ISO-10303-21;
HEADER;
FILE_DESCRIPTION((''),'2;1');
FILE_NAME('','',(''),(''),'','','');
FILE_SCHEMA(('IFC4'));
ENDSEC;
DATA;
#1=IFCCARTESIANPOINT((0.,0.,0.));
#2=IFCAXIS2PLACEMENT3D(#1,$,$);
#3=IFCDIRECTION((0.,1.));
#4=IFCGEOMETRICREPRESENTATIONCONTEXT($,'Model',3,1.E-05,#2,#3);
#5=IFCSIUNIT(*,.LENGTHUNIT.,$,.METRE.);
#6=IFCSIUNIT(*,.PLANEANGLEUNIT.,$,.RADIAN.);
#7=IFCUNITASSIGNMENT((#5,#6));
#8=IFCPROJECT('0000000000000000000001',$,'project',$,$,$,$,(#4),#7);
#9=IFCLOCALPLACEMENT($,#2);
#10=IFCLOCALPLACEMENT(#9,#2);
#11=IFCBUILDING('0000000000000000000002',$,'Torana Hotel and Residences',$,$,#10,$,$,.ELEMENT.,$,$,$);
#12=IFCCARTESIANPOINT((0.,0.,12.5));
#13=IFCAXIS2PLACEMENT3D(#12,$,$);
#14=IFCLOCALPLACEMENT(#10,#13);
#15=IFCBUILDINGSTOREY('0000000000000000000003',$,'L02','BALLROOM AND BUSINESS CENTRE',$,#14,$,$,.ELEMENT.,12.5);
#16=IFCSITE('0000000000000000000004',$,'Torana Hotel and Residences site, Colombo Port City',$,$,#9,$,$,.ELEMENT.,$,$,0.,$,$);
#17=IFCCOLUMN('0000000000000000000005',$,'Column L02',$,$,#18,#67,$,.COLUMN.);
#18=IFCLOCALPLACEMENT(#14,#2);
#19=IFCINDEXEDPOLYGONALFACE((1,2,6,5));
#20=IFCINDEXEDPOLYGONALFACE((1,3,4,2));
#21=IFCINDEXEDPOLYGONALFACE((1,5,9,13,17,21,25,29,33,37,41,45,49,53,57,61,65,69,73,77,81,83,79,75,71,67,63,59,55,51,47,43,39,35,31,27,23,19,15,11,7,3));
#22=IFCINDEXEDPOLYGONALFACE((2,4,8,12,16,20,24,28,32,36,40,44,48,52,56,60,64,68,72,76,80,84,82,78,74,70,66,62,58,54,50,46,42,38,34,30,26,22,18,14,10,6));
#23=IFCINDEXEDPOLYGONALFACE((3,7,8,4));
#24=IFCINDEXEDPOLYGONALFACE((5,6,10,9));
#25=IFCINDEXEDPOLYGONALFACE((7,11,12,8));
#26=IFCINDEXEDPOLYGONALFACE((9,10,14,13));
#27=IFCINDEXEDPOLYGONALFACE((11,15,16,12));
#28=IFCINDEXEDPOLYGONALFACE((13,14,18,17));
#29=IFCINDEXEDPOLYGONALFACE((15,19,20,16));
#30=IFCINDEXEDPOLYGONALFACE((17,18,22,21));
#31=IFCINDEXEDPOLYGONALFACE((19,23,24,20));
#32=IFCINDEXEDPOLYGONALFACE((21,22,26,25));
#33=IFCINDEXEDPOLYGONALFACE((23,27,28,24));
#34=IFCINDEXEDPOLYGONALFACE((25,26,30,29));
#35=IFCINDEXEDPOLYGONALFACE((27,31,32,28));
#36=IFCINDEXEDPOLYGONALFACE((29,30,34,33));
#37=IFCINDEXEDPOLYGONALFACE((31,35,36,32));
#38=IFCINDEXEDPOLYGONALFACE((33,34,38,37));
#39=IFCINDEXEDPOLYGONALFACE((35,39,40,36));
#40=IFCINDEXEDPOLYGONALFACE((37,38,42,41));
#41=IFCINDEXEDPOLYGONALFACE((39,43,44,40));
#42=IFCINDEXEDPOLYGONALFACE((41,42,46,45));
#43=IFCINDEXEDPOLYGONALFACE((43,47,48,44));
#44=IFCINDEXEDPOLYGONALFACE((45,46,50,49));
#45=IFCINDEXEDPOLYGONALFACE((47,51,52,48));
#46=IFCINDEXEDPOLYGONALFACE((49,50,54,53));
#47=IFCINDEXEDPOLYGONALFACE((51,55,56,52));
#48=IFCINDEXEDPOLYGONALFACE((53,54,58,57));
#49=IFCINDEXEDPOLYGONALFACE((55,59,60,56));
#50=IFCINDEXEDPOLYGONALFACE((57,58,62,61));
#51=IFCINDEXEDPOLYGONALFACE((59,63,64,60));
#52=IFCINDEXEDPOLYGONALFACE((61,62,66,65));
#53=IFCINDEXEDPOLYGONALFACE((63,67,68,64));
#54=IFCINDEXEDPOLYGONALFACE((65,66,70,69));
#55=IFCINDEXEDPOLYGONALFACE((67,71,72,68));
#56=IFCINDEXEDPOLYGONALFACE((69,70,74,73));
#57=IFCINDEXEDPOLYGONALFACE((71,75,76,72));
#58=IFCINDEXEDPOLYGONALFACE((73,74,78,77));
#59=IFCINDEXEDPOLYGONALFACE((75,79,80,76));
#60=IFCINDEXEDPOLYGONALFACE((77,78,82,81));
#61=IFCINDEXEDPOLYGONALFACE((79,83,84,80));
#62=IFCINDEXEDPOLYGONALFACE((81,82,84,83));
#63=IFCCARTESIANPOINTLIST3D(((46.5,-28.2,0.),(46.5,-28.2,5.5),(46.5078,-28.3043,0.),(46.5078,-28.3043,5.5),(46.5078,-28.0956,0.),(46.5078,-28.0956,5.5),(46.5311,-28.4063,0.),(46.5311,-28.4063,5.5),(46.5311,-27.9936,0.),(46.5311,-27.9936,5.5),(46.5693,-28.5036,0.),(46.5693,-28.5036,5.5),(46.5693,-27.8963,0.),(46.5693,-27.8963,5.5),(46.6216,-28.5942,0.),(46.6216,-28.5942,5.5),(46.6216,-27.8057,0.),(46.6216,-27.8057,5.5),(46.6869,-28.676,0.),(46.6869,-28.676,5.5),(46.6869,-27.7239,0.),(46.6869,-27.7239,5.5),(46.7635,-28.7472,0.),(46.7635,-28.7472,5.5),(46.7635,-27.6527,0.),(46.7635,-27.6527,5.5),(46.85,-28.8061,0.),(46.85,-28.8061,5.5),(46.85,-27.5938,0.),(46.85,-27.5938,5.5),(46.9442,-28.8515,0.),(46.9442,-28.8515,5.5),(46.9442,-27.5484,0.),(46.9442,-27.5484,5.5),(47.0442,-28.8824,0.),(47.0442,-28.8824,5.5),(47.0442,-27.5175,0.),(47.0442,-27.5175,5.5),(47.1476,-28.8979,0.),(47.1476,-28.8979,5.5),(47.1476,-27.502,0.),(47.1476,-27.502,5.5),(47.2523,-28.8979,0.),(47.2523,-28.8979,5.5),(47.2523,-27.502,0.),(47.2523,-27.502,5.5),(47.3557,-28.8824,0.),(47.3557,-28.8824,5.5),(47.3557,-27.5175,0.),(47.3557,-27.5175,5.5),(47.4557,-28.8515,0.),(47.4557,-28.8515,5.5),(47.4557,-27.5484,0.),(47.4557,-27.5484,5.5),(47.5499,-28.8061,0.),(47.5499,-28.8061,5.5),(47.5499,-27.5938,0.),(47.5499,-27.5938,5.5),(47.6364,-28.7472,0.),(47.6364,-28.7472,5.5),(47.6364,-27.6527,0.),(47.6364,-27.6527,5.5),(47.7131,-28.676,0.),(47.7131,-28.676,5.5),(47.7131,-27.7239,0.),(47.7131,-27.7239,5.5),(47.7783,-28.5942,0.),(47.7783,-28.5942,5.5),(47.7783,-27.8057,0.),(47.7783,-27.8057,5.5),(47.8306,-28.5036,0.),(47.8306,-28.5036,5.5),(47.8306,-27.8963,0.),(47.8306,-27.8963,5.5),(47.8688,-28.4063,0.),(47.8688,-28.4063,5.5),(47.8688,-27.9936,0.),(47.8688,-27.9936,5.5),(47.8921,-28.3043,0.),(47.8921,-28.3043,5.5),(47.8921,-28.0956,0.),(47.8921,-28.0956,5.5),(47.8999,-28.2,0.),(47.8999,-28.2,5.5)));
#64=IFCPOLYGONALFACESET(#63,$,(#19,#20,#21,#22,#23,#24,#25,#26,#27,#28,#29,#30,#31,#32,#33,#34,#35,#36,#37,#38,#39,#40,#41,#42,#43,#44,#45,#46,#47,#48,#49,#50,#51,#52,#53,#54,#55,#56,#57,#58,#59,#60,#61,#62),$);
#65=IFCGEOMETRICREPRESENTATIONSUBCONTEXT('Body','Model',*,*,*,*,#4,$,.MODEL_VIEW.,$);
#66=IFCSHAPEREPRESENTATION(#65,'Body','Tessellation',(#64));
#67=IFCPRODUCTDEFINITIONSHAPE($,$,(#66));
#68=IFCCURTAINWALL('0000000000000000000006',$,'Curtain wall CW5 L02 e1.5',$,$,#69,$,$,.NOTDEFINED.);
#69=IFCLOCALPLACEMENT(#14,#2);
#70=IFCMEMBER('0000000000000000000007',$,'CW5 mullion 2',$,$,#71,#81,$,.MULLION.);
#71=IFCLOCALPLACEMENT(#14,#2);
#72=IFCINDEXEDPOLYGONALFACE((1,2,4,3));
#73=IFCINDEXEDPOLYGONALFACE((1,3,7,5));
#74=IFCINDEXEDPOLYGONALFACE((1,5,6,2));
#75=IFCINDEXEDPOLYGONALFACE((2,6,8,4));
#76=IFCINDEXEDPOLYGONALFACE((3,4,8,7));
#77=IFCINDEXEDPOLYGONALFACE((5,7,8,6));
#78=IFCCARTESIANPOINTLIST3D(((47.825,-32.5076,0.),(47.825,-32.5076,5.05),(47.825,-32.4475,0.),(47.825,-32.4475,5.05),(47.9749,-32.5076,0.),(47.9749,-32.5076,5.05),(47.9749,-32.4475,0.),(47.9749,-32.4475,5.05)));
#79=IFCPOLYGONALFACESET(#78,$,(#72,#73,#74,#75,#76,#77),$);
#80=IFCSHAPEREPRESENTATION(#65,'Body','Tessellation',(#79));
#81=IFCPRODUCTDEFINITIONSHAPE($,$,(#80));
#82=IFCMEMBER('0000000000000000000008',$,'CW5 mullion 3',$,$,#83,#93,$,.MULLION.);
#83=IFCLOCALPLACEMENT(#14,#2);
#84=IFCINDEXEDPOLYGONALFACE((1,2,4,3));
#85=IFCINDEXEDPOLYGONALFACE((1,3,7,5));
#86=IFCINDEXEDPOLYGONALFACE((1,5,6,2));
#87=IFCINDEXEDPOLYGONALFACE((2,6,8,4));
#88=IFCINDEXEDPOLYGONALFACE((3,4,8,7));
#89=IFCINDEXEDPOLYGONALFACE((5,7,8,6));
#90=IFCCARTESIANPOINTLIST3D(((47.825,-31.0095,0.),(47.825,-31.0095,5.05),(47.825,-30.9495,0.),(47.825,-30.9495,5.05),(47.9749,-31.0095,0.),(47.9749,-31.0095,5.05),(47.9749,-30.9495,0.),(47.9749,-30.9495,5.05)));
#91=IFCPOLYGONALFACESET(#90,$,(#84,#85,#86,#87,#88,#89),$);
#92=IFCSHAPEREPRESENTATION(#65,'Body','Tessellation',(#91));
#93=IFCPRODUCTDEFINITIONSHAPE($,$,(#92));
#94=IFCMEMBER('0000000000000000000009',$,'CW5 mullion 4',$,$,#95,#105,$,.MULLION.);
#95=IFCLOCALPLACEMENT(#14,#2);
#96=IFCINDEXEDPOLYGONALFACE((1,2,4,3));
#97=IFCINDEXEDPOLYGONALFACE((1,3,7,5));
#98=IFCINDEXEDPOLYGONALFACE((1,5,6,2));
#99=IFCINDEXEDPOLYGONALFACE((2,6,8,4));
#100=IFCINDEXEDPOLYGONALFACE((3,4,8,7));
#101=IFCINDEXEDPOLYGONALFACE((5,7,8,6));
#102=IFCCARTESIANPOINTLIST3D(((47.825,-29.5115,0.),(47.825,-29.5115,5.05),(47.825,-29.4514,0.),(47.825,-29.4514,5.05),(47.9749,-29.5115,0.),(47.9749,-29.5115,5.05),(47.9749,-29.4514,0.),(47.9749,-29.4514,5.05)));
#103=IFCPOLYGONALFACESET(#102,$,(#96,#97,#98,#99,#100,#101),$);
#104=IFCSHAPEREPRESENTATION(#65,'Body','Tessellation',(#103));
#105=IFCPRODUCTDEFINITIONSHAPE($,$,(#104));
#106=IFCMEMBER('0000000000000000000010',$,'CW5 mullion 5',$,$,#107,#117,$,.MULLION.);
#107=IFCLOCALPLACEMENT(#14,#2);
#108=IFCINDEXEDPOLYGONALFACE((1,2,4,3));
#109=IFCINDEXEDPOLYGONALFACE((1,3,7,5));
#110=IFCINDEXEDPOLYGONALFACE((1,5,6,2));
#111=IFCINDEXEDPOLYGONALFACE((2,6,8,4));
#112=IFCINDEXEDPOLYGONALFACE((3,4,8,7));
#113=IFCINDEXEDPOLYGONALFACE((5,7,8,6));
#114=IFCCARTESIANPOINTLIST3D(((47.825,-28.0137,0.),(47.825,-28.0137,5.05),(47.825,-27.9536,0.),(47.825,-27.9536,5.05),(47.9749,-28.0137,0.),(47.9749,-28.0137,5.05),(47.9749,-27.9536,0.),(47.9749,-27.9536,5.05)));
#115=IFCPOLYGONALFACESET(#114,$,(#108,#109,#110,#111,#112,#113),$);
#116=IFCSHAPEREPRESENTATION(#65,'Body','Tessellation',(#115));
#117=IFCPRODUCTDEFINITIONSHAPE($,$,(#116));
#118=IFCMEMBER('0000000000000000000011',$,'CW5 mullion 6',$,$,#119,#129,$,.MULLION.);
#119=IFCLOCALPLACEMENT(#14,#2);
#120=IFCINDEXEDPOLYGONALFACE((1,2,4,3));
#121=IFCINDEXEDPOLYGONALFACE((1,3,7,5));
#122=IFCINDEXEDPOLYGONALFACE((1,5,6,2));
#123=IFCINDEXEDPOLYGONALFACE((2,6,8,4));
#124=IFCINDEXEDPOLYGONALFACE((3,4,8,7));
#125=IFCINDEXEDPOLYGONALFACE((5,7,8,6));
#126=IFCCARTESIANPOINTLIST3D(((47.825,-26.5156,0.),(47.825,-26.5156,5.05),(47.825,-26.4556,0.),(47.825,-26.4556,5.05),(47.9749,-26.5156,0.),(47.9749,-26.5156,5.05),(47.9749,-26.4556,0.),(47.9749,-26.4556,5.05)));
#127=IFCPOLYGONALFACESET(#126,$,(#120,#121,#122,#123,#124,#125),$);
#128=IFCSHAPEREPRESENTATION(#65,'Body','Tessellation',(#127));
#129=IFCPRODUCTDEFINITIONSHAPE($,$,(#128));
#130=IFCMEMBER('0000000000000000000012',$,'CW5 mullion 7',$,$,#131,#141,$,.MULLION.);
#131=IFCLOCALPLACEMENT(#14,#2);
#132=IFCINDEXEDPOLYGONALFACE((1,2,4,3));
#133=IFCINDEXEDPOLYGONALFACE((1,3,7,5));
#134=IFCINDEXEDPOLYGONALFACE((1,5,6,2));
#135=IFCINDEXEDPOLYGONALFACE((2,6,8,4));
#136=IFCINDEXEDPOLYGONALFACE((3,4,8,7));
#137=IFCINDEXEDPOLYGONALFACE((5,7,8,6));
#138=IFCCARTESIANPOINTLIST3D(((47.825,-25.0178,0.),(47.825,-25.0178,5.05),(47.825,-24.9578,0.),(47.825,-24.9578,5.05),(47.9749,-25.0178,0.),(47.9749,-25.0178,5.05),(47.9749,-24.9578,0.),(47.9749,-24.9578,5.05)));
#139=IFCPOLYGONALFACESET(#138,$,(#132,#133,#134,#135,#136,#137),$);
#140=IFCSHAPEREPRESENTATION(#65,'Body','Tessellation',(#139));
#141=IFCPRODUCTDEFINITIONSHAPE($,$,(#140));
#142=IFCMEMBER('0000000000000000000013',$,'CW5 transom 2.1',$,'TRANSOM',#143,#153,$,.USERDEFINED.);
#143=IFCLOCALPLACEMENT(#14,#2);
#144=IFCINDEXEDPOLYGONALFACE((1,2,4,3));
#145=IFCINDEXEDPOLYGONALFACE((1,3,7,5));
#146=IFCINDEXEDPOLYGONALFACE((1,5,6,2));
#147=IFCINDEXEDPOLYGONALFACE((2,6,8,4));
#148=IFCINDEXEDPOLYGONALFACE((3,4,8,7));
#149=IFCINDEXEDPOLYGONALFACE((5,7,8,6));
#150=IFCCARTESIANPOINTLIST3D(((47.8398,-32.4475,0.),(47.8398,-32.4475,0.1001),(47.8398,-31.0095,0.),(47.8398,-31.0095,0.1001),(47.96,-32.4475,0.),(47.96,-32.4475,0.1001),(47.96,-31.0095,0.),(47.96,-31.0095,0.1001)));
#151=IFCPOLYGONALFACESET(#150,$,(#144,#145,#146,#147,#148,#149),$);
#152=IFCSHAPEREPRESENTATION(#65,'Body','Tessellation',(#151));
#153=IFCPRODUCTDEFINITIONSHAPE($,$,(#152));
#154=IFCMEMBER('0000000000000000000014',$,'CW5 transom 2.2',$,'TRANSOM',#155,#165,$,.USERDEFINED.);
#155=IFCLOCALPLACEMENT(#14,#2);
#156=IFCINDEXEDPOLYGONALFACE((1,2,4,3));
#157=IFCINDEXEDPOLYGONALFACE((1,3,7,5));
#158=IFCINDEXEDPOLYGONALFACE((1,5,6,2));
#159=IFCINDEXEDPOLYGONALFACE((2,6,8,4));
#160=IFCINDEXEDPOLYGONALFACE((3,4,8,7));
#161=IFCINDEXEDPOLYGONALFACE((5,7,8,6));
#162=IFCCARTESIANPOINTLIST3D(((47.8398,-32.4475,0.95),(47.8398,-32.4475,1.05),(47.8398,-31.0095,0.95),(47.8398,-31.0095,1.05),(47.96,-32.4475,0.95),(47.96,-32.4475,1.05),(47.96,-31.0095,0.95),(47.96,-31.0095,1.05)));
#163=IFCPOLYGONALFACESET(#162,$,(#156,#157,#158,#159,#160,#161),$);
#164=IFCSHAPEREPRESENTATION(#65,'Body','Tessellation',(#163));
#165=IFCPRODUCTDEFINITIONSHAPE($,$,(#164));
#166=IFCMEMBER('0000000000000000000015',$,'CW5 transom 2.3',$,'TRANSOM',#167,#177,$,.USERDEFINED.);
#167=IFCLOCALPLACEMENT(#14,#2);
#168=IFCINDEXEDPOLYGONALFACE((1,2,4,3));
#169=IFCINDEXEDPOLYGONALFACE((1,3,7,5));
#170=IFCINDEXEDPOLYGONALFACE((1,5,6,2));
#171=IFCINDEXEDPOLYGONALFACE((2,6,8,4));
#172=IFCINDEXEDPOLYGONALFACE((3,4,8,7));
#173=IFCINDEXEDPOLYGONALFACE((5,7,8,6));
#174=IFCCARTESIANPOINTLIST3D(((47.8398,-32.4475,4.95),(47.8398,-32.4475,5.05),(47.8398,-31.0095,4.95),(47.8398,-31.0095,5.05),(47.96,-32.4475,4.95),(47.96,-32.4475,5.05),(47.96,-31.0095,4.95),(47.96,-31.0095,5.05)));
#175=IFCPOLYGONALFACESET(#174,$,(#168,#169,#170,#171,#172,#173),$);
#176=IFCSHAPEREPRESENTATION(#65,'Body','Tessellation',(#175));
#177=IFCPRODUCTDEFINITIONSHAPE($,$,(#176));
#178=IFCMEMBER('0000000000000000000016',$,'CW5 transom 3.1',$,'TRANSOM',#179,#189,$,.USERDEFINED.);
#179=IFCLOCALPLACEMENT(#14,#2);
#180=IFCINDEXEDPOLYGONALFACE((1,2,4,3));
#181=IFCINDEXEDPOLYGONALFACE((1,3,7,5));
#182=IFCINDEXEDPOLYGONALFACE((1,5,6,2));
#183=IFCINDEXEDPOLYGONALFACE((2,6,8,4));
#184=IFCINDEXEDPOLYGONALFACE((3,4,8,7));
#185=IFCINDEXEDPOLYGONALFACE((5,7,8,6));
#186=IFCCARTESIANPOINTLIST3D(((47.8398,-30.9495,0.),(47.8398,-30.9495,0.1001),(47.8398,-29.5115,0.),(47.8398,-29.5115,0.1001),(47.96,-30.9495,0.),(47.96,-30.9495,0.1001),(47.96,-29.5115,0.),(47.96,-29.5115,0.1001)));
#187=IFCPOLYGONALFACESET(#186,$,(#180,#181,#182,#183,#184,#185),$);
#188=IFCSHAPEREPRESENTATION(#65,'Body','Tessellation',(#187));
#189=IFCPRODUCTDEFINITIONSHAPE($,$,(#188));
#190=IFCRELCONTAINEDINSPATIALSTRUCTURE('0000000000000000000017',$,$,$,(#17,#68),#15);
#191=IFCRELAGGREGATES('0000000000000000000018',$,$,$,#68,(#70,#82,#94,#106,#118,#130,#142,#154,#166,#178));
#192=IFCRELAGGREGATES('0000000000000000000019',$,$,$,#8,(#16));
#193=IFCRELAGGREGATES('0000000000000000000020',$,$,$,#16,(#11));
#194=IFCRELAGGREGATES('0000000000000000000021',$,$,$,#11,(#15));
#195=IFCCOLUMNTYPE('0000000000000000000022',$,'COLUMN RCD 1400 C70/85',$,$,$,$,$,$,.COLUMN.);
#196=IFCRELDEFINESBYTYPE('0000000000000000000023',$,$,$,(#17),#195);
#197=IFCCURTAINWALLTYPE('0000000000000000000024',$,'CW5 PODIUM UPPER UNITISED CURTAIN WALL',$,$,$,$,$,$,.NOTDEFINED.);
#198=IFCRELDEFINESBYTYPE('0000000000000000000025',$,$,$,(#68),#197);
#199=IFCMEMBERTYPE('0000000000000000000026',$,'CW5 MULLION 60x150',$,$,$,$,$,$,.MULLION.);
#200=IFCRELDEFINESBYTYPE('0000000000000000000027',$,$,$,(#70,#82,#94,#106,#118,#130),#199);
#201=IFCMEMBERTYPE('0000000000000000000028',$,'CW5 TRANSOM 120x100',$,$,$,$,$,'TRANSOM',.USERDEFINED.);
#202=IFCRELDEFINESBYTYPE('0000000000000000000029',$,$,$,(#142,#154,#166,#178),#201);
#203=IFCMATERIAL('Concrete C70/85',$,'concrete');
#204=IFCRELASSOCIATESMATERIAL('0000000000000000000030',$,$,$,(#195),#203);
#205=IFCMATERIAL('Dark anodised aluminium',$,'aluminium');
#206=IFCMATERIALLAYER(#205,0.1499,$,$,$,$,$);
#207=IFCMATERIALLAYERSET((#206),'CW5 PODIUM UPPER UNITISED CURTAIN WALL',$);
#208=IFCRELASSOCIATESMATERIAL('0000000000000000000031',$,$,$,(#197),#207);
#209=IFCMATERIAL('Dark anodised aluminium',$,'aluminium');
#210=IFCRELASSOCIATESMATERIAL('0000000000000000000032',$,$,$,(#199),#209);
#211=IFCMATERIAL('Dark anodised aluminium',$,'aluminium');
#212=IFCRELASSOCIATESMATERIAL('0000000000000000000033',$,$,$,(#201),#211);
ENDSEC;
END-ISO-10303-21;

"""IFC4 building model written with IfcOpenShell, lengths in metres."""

from ifc_helpers import new_model, si_unit, direction, frame, origin, origin_2d, place, context, subcontext, project, spatial, rectangle, circle, extrude, material, layer, layer_set, material_profile, profile_set, type_object, element, aggregate, save


model = new_model("IFC4")

# Units and contexts
model_context = context("Model", 3, precision=1e-05, world=origin(), true_north=direction((0.0, 1.0)))
body_context = subcontext(model_context, "Body", "Model", "MODEL_VIEW")
ifc_project = project(units=[si_unit("LENGTHUNIT", "METRE"), si_unit("PLANEANGLEUNIT", "RADIAN")], contexts=[model_context])

# Site, building, storey
site_placement = place(None, origin())
site = spatial("IfcSite", under=ifc_project, at=site_placement, Name="Torana Hotel and Residences site, Colombo Port City", CompositionType="ELEMENT", RefElevation=0.0)
building_placement = place(site_placement, origin())
building = spatial("IfcBuilding", under=site, at=building_placement, Name="Torana Hotel and Residences", CompositionType="ELEMENT")
storey_placement = place(building_placement, frame((0.0, 0.0, 12.5)))
storey = spatial("IfcBuildingStorey", under=building, at=storey_placement, Name="L02", Description="BALLROOM AND BUSINESS CENTRE", CompositionType="ELEMENT", Elevation=12.5)

# Column
ifc_material_1 = material(Name="Concrete C70/85", Category="concrete")
ifc_material_profile_1 = material_profile(ifc_material_1, circle(Radius=0.7, at=origin_2d()), Name="RCD 1400")
ifc_profile_set_1 = profile_set([ifc_material_profile_1], Name="Concrete C70/85")
column_type = type_object("IfcColumnType", Name="COLUMN RCD 1400 C70/85", PredefinedType="COLUMN", material=ifc_profile_set_1)
column_placement = place(storey_placement, frame((47.2, -28.2, 0.0), z_axis=(0.0, 0.0, 1.0), x_axis=(1.0, 0.0, 0.0)))
element("IfcColumn", 1, at=column_placement, inside=storey, type_object=column_type, Name="Column L02", PredefinedType="COLUMN", context=body_context, shape_type="SweptSolid", body=[
    extrude(circle(Radius=0.7, at=origin_2d()), origin(), (0.0, 0.0, 1.0), 5.5),
])

# Curtain wall, members
ifc_material_2 = material(Name="Dark anodised aluminium", Category="aluminium")
ifc_layer_1 = layer(ifc_material_2, 0.1499)
ifc_layer_set_1 = layer_set([ifc_layer_1], Name="CW5 PODIUM UPPER UNITISED CURTAIN WALL")
curtain_wall_type = type_object("IfcCurtainWallType", Name="CW5 PODIUM UPPER UNITISED CURTAIN WALL", PredefinedType="NOTDEFINED", material=ifc_layer_set_1)
curtain_wall_placement = place(storey_placement, origin())
curtain_wall = element("IfcCurtainWall", 2, at=curtain_wall_placement, inside=storey, type_object=curtain_wall_type, Name="Curtain wall CW5 L02 e1.5", PredefinedType="NOTDEFINED")
ifc_material_3 = material(Name="Dark anodised aluminium", Category="aluminium")
ifc_material_profile_2 = material_profile(ifc_material_3, rectangle(XDim=0.1499, YDim=0.0601, at=origin_2d()), Name="CW5 MULLION 60x150")
ifc_profile_set_2 = profile_set([ifc_material_profile_2], Name="Dark anodised aluminium")
member_type_1 = type_object("IfcMemberType", Name="CW5 MULLION 60x150", PredefinedType="MULLION", material=ifc_profile_set_2)
member_1_placement = place(storey_placement, frame((47.8999, -32.4775, 0.0), z_axis=(0.0, 0.0, 1.0), x_axis=(-1.0, 0.0, 0.0)))
member_1 = element("IfcMember", 3, at=member_1_placement, type_object=member_type_1, Name="CW5 mullion 2", PredefinedType="MULLION", context=body_context, shape_type="SweptSolid", body=[
    extrude(rectangle(XDim=0.1499, YDim=0.0601, at=origin_2d()), origin(), (0.0, 0.0, 1.0), 5.05),
])
member_2_placement = place(storey_placement, frame((47.8999, -30.9795, 0.0), z_axis=(0.0, 0.0, 1.0), x_axis=(-1.0, 0.0, 0.0)))
member_2 = element("IfcMember", 4, at=member_2_placement, type_object=member_type_1, Name="CW5 mullion 3", PredefinedType="MULLION", context=body_context, shape_type="SweptSolid", body=[
    extrude(rectangle(XDim=0.1499, YDim=0.0601, at=origin_2d()), origin(), (0.0, 0.0, 1.0), 5.05),
])
member_3_placement = place(storey_placement, frame((47.8999, -29.4814, 0.0), z_axis=(0.0, 0.0, 1.0), x_axis=(-1.0, 0.0, 0.0)))
member_3 = element("IfcMember", 5, at=member_3_placement, type_object=member_type_1, Name="CW5 mullion 4", PredefinedType="MULLION", context=body_context, shape_type="SweptSolid", body=[
    extrude(rectangle(XDim=0.1499, YDim=0.0601, at=origin_2d()), origin(), (0.0, 0.0, 1.0), 5.05),
])
member_4_placement = place(storey_placement, frame((47.8999, -27.9836, 0.0), z_axis=(0.0, 0.0, 1.0), x_axis=(-1.0, 0.0, 0.0)))
member_4 = element("IfcMember", 6, at=member_4_placement, type_object=member_type_1, Name="CW5 mullion 5", PredefinedType="MULLION", context=body_context, shape_type="SweptSolid", body=[
    extrude(rectangle(XDim=0.1499, YDim=0.0601, at=origin_2d()), origin(), (0.0, 0.0, 1.0), 5.05),
])
member_5_placement = place(storey_placement, frame((47.8999, -26.4856, 0.0), z_axis=(0.0, 0.0, 1.0), x_axis=(-1.0, 0.0, 0.0)))
member_5 = element("IfcMember", 7, at=member_5_placement, type_object=member_type_1, Name="CW5 mullion 6", PredefinedType="MULLION", context=body_context, shape_type="SweptSolid", body=[
    extrude(rectangle(XDim=0.1499, YDim=0.0601, at=origin_2d()), origin(), (0.0, 0.0, 1.0), 5.05),
])
member_6_placement = place(storey_placement, frame((47.8999, -24.9878, 0.0), z_axis=(0.0, 0.0, 1.0), x_axis=(-1.0, 0.0, 0.0)))
member_6 = element("IfcMember", 8, at=member_6_placement, type_object=member_type_1, Name="CW5 mullion 7", PredefinedType="MULLION", context=body_context, shape_type="SweptSolid", body=[
    extrude(rectangle(XDim=0.1499, YDim=0.0601, at=origin_2d()), origin(), (0.0, 0.0, 1.0), 5.05),
])
ifc_material_4 = material(Name="Dark anodised aluminium", Category="aluminium")
ifc_material_profile_3 = material_profile(ifc_material_4, rectangle(XDim=0.1201, YDim=0.1001, at=origin_2d()), Name="CW5 TRANSOM 120x100")
ifc_profile_set_3 = profile_set([ifc_material_profile_3], Name="Dark anodised aluminium")
member_type_2 = type_object("IfcMemberType", Name="CW5 TRANSOM 120x100", ElementType="TRANSOM", PredefinedType="USERDEFINED", material=ifc_profile_set_3)
member_7_placement = place(storey_placement, frame((47.8999, -32.4475, 0.05), z_axis=(0.0, 1.0, 0.0), x_axis=(-1.0, 0.0, 0.0)))
member_7 = element("IfcMember", 9, at=member_7_placement, type_object=member_type_2, Name="CW5 transom 2.1", ObjectType="TRANSOM", PredefinedType="USERDEFINED", context=body_context, shape_type="SweptSolid", body=[
    extrude(rectangle(XDim=0.1201, YDim=0.1001, at=origin_2d()), origin(), (0.0, 0.0, 1.0), 1.438),
])
member_8_placement = place(storey_placement, frame((47.8999, -32.4475, 1.0), z_axis=(0.0, 1.0, 0.0), x_axis=(-1.0, 0.0, 0.0)))
member_8 = element("IfcMember", 10, at=member_8_placement, type_object=member_type_2, Name="CW5 transom 2.2", ObjectType="TRANSOM", PredefinedType="USERDEFINED", context=body_context, shape_type="SweptSolid", body=[
    extrude(rectangle(XDim=0.1201, YDim=0.1001, at=origin_2d()), origin(), (0.0, 0.0, 1.0), 1.438),
])
member_9_placement = place(storey_placement, frame((47.8999, -32.4475, 5.0), z_axis=(0.0, 1.0, 0.0), x_axis=(-1.0, 0.0, 0.0)))
member_9 = element("IfcMember", 11, at=member_9_placement, type_object=member_type_2, Name="CW5 transom 2.3", ObjectType="TRANSOM", PredefinedType="USERDEFINED", context=body_context, shape_type="SweptSolid", body=[
    extrude(rectangle(XDim=0.1201, YDim=0.1001, at=origin_2d()), origin(), (0.0, 0.0, 1.0), 1.438),
])
member_10_placement = place(storey_placement, frame((47.8999, -30.9495, 0.05), z_axis=(0.0, 1.0, 0.0), x_axis=(-1.0, 0.0, 0.0)))
member_10 = element("IfcMember", 12, at=member_10_placement, type_object=member_type_2, Name="CW5 transom 3.1", ObjectType="TRANSOM", PredefinedType="USERDEFINED", context=body_context, shape_type="SweptSolid", body=[
    extrude(rectangle(XDim=0.1201, YDim=0.1001, at=origin_2d()), origin(), (0.0, 0.0, 1.0), 1.438),
])
aggregate(curtain_wall, [member_1, member_2, member_3, member_4, member_5, member_6, member_7, member_8, member_9, member_10])

save(model, "model.ifc")
